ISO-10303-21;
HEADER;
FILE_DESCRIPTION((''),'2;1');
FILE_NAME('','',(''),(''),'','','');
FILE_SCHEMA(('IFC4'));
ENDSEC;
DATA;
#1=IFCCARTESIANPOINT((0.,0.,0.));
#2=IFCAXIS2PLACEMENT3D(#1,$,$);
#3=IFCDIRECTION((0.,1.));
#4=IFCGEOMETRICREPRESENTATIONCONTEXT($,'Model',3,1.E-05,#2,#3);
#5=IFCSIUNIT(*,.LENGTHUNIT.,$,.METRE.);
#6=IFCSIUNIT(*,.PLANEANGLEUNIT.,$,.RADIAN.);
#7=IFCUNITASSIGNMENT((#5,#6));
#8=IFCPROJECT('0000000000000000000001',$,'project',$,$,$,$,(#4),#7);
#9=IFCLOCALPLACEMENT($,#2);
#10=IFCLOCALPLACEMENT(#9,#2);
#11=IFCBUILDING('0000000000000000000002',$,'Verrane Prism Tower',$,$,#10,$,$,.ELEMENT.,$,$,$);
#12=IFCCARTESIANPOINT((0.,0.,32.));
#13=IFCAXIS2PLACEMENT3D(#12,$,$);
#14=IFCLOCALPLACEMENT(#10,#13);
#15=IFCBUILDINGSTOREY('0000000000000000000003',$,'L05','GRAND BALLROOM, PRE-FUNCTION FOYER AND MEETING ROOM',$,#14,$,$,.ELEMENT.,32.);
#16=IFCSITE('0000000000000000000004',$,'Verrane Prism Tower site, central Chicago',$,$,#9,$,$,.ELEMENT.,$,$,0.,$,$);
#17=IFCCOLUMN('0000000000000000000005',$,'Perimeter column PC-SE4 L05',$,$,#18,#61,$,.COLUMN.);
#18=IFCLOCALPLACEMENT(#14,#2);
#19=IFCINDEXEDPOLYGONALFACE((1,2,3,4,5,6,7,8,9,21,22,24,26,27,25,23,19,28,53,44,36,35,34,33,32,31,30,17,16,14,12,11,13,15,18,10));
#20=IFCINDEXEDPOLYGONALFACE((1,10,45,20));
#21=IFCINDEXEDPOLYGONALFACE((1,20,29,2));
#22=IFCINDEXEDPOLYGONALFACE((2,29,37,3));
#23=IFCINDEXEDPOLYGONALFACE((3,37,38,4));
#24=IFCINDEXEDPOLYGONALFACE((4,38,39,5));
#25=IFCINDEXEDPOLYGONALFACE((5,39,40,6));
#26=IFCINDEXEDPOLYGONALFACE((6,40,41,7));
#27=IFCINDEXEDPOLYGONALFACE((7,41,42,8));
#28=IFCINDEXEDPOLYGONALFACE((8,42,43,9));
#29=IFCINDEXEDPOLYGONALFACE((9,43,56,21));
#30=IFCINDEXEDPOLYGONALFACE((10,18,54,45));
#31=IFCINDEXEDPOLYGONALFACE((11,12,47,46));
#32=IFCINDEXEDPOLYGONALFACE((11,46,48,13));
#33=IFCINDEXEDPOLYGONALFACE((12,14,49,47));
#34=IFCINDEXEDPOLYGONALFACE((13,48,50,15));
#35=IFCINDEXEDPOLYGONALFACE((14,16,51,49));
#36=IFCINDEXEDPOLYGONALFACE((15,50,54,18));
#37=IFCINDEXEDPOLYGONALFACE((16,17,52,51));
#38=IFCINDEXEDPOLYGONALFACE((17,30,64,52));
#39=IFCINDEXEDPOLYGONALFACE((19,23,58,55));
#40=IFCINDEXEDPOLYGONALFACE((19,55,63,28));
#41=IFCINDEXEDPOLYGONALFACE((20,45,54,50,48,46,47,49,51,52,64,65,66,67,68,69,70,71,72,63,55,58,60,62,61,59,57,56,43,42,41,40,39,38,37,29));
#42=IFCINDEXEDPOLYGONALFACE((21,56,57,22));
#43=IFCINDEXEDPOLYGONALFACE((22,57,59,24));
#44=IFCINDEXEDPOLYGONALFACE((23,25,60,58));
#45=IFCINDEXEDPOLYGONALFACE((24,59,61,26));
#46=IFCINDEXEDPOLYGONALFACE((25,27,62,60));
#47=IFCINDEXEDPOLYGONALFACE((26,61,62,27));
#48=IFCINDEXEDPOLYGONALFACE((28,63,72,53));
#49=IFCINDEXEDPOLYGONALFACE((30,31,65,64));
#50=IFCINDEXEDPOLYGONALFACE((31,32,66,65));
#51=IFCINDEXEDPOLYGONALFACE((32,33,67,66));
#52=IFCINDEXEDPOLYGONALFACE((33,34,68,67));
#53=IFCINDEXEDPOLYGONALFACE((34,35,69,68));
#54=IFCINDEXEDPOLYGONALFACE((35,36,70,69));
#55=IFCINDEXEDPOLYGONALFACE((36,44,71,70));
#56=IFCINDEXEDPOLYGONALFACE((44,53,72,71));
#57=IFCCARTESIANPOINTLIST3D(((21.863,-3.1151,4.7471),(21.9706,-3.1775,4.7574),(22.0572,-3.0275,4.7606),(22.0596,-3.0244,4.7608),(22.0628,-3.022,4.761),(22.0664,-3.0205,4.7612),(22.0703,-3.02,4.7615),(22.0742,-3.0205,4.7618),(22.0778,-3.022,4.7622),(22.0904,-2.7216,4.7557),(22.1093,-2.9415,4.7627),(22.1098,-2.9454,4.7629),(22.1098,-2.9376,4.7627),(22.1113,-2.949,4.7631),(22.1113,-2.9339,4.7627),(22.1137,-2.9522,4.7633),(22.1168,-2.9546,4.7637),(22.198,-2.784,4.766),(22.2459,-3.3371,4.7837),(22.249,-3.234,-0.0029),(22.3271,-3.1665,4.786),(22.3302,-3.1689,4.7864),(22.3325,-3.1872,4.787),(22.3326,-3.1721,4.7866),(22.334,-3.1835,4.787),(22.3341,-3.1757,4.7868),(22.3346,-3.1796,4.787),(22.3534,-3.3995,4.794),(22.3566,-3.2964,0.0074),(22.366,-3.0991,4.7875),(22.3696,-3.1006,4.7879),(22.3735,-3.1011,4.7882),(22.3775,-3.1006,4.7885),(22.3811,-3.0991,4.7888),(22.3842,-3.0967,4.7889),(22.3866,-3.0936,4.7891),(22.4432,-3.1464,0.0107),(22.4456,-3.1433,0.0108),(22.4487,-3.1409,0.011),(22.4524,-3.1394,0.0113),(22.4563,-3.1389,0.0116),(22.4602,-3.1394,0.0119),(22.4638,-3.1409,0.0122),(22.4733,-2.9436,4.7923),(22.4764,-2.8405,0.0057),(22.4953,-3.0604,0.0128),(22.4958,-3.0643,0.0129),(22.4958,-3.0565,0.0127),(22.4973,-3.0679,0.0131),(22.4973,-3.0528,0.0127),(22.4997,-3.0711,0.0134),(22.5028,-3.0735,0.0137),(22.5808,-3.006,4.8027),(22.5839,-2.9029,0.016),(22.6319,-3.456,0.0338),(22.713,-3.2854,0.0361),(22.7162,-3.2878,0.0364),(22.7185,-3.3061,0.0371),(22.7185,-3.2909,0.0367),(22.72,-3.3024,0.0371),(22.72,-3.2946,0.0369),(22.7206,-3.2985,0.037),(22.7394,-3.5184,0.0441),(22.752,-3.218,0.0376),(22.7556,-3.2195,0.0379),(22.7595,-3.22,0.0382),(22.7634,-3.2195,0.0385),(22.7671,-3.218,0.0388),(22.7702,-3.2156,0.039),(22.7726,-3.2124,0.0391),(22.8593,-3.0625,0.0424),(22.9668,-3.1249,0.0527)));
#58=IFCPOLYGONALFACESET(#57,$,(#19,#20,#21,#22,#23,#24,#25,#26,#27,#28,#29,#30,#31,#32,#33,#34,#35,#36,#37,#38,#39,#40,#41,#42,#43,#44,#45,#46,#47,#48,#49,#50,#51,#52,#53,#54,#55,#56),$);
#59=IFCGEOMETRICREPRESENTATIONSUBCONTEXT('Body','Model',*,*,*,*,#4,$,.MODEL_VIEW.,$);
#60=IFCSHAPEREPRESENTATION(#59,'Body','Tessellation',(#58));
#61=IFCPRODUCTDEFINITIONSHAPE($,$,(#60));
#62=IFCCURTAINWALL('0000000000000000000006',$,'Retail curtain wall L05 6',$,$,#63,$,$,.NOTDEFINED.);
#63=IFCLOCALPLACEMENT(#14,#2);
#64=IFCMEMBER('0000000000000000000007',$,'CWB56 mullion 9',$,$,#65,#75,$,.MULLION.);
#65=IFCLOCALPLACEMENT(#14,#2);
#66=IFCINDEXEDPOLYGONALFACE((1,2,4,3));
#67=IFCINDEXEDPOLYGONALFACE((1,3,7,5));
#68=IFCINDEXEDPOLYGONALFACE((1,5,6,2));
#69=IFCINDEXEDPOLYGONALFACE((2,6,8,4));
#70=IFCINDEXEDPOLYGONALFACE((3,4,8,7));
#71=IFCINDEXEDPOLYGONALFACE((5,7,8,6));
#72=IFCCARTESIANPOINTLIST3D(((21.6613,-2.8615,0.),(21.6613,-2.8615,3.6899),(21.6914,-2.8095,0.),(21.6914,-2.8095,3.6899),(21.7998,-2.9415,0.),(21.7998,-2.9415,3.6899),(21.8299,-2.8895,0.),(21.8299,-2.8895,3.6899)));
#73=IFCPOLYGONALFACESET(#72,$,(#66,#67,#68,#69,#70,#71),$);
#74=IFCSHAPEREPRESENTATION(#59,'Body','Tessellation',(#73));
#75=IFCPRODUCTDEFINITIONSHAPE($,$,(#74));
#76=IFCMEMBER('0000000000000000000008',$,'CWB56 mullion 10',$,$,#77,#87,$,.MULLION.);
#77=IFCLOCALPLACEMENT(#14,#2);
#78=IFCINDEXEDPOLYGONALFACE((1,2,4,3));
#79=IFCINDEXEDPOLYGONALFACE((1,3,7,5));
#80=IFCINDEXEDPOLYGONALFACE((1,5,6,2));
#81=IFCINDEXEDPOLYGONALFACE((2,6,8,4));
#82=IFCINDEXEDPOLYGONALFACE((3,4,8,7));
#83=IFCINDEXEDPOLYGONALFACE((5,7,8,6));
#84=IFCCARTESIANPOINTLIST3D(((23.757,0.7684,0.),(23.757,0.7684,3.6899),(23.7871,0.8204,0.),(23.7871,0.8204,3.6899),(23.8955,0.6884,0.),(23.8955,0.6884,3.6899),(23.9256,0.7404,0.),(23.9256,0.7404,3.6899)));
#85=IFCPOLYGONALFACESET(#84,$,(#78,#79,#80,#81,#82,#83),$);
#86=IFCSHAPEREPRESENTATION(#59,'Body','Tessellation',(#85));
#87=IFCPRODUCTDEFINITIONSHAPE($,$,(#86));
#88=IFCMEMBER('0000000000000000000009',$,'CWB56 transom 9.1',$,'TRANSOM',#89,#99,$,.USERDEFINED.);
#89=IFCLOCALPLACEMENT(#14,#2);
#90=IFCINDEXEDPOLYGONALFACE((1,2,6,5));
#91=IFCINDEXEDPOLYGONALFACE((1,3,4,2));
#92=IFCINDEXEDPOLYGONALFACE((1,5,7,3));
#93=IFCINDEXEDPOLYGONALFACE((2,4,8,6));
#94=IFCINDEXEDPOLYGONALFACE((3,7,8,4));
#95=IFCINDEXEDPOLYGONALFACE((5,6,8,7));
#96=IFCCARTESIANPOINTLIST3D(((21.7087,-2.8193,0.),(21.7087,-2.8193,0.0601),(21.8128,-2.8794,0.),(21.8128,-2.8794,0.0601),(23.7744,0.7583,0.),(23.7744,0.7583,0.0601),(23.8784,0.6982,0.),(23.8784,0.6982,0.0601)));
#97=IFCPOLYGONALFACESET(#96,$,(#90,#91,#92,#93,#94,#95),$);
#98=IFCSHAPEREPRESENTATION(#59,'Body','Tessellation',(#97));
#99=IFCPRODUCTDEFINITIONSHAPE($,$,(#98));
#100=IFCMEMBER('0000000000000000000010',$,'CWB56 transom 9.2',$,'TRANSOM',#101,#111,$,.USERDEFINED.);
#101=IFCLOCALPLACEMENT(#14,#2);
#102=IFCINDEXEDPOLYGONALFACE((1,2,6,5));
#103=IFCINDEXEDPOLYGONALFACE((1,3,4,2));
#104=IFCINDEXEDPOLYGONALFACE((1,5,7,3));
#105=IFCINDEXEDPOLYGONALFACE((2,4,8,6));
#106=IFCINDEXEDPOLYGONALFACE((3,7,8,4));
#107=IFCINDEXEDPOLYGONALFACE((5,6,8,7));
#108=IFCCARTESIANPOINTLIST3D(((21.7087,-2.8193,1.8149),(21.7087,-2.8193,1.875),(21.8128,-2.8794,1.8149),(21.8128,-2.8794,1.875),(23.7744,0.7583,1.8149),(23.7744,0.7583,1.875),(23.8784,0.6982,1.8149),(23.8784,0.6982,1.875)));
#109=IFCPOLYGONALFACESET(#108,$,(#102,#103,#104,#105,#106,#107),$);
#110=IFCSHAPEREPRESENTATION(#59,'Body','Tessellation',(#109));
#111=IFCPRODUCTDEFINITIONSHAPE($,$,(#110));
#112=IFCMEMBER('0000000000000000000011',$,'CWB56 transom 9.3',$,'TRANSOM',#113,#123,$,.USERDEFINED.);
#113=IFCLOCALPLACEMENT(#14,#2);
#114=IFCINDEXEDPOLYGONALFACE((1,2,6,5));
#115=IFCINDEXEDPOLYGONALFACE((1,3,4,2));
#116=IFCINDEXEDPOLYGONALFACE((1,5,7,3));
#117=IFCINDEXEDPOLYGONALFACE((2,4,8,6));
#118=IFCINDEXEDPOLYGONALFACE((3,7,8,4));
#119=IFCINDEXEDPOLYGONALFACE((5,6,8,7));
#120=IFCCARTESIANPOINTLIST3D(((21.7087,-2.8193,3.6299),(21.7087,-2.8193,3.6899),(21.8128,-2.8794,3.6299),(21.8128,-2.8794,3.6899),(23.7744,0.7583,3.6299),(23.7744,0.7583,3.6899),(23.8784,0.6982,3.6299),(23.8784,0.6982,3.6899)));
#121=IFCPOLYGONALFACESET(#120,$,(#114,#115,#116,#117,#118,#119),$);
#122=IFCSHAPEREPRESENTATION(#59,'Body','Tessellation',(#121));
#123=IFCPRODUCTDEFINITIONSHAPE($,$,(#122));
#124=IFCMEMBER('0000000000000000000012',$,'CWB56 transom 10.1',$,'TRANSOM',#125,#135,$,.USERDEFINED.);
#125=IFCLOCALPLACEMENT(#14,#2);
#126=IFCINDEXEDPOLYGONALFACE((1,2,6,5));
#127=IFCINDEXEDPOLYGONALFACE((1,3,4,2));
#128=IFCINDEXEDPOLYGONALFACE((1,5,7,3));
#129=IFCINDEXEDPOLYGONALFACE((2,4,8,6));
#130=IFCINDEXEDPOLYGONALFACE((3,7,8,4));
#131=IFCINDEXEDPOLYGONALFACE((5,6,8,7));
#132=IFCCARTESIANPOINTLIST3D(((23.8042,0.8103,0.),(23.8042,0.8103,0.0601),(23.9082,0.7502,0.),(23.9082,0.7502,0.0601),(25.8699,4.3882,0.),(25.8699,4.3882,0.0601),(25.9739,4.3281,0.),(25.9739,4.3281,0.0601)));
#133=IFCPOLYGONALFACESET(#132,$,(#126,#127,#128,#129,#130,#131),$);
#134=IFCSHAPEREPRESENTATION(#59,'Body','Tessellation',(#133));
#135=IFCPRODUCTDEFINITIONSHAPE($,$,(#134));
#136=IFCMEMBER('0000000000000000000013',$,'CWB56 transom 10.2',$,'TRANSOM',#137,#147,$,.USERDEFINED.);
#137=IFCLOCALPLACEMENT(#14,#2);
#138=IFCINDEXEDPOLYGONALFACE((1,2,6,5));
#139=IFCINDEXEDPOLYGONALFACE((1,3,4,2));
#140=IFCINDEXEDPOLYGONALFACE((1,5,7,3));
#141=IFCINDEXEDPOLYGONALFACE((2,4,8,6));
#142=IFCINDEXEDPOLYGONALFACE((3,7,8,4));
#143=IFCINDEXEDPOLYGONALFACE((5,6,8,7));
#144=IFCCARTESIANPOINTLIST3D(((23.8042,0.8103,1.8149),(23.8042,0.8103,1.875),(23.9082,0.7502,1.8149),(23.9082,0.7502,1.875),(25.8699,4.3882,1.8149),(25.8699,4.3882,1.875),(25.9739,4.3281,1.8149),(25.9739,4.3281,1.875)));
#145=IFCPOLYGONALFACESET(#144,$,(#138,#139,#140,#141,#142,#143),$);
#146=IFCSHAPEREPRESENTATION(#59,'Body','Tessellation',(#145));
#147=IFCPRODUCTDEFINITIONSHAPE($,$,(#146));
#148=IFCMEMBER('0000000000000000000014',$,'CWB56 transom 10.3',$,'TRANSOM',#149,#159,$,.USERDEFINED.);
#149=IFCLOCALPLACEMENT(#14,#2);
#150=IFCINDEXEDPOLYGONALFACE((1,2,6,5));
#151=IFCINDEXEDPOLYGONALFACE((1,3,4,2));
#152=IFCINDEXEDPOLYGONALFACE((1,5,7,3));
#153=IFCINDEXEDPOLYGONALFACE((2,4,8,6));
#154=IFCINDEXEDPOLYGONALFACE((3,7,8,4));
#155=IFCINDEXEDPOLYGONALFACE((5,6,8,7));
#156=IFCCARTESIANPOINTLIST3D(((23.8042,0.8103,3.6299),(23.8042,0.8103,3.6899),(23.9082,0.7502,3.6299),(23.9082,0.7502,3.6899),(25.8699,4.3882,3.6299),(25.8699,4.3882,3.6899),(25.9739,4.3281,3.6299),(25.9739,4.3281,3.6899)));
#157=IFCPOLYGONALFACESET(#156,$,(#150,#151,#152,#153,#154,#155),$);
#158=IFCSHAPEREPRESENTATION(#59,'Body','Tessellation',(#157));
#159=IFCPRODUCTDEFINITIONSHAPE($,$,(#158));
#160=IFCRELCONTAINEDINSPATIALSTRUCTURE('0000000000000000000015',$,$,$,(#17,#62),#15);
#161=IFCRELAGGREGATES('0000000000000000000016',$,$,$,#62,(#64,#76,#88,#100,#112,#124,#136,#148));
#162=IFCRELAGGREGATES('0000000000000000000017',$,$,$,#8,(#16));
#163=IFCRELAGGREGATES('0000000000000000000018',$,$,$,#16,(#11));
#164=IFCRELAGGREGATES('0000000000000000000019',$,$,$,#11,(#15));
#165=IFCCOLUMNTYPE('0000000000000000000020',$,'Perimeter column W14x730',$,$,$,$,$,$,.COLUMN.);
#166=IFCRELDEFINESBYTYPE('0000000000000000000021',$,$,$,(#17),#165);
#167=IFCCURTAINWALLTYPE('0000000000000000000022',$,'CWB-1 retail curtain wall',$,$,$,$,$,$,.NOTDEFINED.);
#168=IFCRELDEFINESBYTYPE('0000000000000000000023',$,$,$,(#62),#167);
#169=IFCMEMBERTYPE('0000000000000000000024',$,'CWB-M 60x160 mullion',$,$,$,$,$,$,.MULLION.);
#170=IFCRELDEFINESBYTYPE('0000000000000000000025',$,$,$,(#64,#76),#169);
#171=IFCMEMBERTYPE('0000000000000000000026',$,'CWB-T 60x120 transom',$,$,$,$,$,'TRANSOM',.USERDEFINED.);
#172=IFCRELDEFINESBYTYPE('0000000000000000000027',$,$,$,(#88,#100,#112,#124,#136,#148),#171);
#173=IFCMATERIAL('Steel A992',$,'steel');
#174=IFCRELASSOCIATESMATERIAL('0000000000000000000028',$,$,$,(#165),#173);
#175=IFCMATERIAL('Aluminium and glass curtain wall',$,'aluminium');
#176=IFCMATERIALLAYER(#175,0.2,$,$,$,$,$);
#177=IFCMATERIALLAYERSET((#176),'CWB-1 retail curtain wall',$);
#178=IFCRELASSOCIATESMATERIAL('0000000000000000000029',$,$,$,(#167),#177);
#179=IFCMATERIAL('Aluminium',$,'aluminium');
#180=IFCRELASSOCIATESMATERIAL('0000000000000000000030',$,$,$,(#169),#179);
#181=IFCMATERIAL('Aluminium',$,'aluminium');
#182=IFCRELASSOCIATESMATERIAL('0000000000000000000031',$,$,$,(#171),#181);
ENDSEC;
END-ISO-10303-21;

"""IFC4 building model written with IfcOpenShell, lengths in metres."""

from ifc_helpers import new_model, si_unit, direction, frame, origin, origin_2d, place, context, subcontext, project, spatial, rectangle, i_section, extrude, material, layer, layer_set, material_profile, profile_set, type_object, element, aggregate, save


model = new_model("IFC4")

# Units and contexts
model_context = context("Model", 3, precision=1e-05, world=origin(), true_north=direction((0.0, 1.0)))
body_context = subcontext(model_context, "Body", "Model", "MODEL_VIEW")
ifc_project = project(units=[si_unit("LENGTHUNIT", "METRE"), si_unit("PLANEANGLEUNIT", "RADIAN")], contexts=[model_context])

# Site, building, storey
site_placement = place(None, origin())
site = spatial("IfcSite", under=ifc_project, at=site_placement, Name="Verrane Prism Tower site, central Chicago", CompositionType="ELEMENT", RefElevation=0.0)
building_placement = place(site_placement, origin())
building = spatial("IfcBuilding", under=site, at=building_placement, Name="Verrane Prism Tower", CompositionType="ELEMENT")
storey_placement = place(building_placement, frame((0.0, 0.0, 32.0)))
storey = spatial("IfcBuildingStorey", under=building, at=storey_placement, Name="L05", Description="GRAND BALLROOM, PRE-FUNCTION FOYER AND MEETING ROOM", CompositionType="ELEMENT", Elevation=32.0)

# Column
ifc_material_1 = material(Name="Steel A992", Category="steel")
ifc_material_profile_1 = material_profile(ifc_material_1, i_section(OverallWidth=0.4546, OverallDepth=0.5688, WebThickness=0.0779, FlangeThickness=0.1248, FilletRadius=0.0151, at=origin_2d()), Name="W14x730")
ifc_profile_set_1 = profile_set([ifc_material_profile_1], Name="Steel A992")
column_type = type_object("IfcColumnType", Name="Perimeter column W14x730", PredefinedType="COLUMN", material=ifc_profile_set_1)
column_placement = place(storey_placement, frame((22.6079, -3.1794, 0.0249), z_axis=(-0.080968, 0.024941, 0.996405), x_axis=(-0.500179, -0.865714, -0.018975)))
element("IfcColumn", 1, at=column_placement, inside=storey, type_object=column_type, Name="Perimeter column PC-SE4 L05", PredefinedType="COLUMN", context=body_context, shape_type="SweptSolid", body=[
    extrude(i_section(OverallWidth=0.4546, OverallDepth=0.5688, WebThickness=0.0779, FlangeThickness=0.1248, FilletRadius=0.0151, at=origin_2d()), origin(), (0.0, 0.0, 1.0), 4.7671),
])

# Curtain wall, members
ifc_material_2 = material(Name="Aluminium and glass curtain wall", Category="aluminium")
ifc_layer_1 = layer(ifc_material_2, 0.2)
ifc_layer_set_1 = layer_set([ifc_layer_1], Name="CWB-1 retail curtain wall")
curtain_wall_type = type_object("IfcCurtainWallType", Name="CWB-1 retail curtain wall", PredefinedType="NOTDEFINED", material=ifc_layer_set_1)
curtain_wall_placement = place(storey_placement, origin())
curtain_wall = element("IfcCurtainWall", 2, at=curtain_wall_placement, inside=storey, type_object=curtain_wall_type, Name="Retail curtain wall L05 6", PredefinedType="NOTDEFINED")
ifc_material_3 = material(Name="Aluminium", Category="aluminium")
ifc_material_profile_2 = material_profile(ifc_material_3, rectangle(XDim=0.1599, YDim=0.0601, at=origin_2d()), Name="CWB-M 60x160 mullion")
ifc_profile_set_2 = profile_set([ifc_material_profile_2], Name="Aluminium")
member_type_1 = type_object("IfcMemberType", Name="CWB-M 60x160 mullion", PredefinedType="MULLION", material=ifc_profile_set_2)
member_1_placement = place(storey_placement, frame((21.7456, -2.8755, 0.0), z_axis=(0.0, 0.0, 1.0), x_axis=(-0.866025, 0.5, 0.0)))
member_1 = element("IfcMember", 3, at=member_1_placement, type_object=member_type_1, Name="CWB56 mullion 9", PredefinedType="MULLION", context=body_context, shape_type="SweptSolid", body=[
    extrude(rectangle(XDim=0.1599, YDim=0.0601, at=origin_2d()), origin(), (0.0, 0.0, 1.0), 3.6899),
])
member_2_placement = place(storey_placement, frame((23.8413, 0.7544, 0.0), z_axis=(0.0, 0.0, 1.0), x_axis=(-0.866025, 0.5, 0.0)))
member_2 = element("IfcMember", 4, at=member_2_placement, type_object=member_type_1, Name="CWB56 mullion 10", PredefinedType="MULLION", context=body_context, shape_type="SweptSolid", body=[
    extrude(rectangle(XDim=0.1599, YDim=0.0601, at=origin_2d()), origin(), (0.0, 0.0, 1.0), 3.6899),
])
ifc_material_4 = material(Name="Aluminium", Category="aluminium")
ifc_material_profile_3 = material_profile(ifc_material_4, rectangle(XDim=0.1201, YDim=0.0601, at=origin_2d()), Name="CWB-T 60x120 transom")
ifc_profile_set_3 = profile_set([ifc_material_profile_3], Name="Aluminium")
member_type_2 = type_object("IfcMemberType", Name="CWB-T 60x120 transom", ElementType="TRANSOM", PredefinedType="USERDEFINED", material=ifc_profile_set_3)
member_3_placement = place(storey_placement, frame((21.7607, -2.8494, 0.03), z_axis=(0.500023, 0.866012, 0.0), x_axis=(-0.866012, 0.500023, 0.0)))
member_3 = element("IfcMember", 5, at=member_3_placement, type_object=member_type_2, Name="CWB56 transom 9.1", ObjectType="TRANSOM", PredefinedType="USERDEFINED", context=body_context, shape_type="SweptSolid", body=[
    extrude(rectangle(XDim=0.1201, YDim=0.0601, at=origin_2d()), origin(), (0.0, 0.0, 1.0), 4.1311),
])
member_4_placement = place(storey_placement, frame((21.7607, -2.8494, 1.845), z_axis=(0.500023, 0.866012, 0.0), x_axis=(-0.866012, 0.500023, 0.0)))
member_4 = element("IfcMember", 6, at=member_4_placement, type_object=member_type_2, Name="CWB56 transom 9.2", ObjectType="TRANSOM", PredefinedType="USERDEFINED", context=body_context, shape_type="SweptSolid", body=[
    extrude(rectangle(XDim=0.1201, YDim=0.0601, at=origin_2d()), origin(), (0.0, 0.0, 1.0), 4.1311),
])
member_5_placement = place(storey_placement, frame((21.7607, -2.8494, 3.6599), z_axis=(0.500023, 0.866012, 0.0), x_axis=(-0.866012, 0.500023, 0.0)))
member_5 = element("IfcMember", 7, at=member_5_placement, type_object=member_type_2, Name="CWB56 transom 9.3", ObjectType="TRANSOM", PredefinedType="USERDEFINED", context=body_context, shape_type="SweptSolid", body=[
    extrude(rectangle(XDim=0.1201, YDim=0.0601, at=origin_2d()), origin(), (0.0, 0.0, 1.0), 4.1311),
])
member_6_placement = place(storey_placement, frame((23.8562, 0.7803, 0.03), z_axis=(0.499997, 0.866027, 0.0), x_axis=(-0.866027, 0.499997, 0.0)))
member_6 = element("IfcMember", 8, at=member_6_placement, type_object=member_type_2, Name="CWB56 transom 10.1", ObjectType="TRANSOM", PredefinedType="USERDEFINED", context=body_context, shape_type="SweptSolid", body=[
    extrude(rectangle(XDim=0.1201, YDim=0.0601, at=origin_2d()), origin(), (0.0, 0.0, 1.0), 4.1313),
])
member_7_placement = place(storey_placement, frame((23.8562, 0.7803, 1.845), z_axis=(0.499997, 0.866027, 0.0), x_axis=(-0.866027, 0.499997, 0.0)))
member_7 = element("IfcMember", 9, at=member_7_placement, type_object=member_type_2, Name="CWB56 transom 10.2", ObjectType="TRANSOM", PredefinedType="USERDEFINED", context=body_context, shape_type="SweptSolid", body=[
    extrude(rectangle(XDim=0.1201, YDim=0.0601, at=origin_2d()), origin(), (0.0, 0.0, 1.0), 4.1313),
])
member_8_placement = place(storey_placement, frame((23.8562, 0.7803, 3.6599), z_axis=(0.499997, 0.866027, 0.0), x_axis=(-0.866027, 0.499997, 0.0)))
member_8 = element("IfcMember", 10, at=member_8_placement, type_object=member_type_2, Name="CWB56 transom 10.3", ObjectType="TRANSOM", PredefinedType="USERDEFINED", context=body_context, shape_type="SweptSolid", body=[
    extrude(rectangle(XDim=0.1201, YDim=0.0601, at=origin_2d()), origin(), (0.0, 0.0, 1.0), 4.1313),
])

aggregate(curtain_wall, [member_1, member_2, member_3, member_4, member_5, member_6, member_7, member_8])

save(model, "model.ifc")
